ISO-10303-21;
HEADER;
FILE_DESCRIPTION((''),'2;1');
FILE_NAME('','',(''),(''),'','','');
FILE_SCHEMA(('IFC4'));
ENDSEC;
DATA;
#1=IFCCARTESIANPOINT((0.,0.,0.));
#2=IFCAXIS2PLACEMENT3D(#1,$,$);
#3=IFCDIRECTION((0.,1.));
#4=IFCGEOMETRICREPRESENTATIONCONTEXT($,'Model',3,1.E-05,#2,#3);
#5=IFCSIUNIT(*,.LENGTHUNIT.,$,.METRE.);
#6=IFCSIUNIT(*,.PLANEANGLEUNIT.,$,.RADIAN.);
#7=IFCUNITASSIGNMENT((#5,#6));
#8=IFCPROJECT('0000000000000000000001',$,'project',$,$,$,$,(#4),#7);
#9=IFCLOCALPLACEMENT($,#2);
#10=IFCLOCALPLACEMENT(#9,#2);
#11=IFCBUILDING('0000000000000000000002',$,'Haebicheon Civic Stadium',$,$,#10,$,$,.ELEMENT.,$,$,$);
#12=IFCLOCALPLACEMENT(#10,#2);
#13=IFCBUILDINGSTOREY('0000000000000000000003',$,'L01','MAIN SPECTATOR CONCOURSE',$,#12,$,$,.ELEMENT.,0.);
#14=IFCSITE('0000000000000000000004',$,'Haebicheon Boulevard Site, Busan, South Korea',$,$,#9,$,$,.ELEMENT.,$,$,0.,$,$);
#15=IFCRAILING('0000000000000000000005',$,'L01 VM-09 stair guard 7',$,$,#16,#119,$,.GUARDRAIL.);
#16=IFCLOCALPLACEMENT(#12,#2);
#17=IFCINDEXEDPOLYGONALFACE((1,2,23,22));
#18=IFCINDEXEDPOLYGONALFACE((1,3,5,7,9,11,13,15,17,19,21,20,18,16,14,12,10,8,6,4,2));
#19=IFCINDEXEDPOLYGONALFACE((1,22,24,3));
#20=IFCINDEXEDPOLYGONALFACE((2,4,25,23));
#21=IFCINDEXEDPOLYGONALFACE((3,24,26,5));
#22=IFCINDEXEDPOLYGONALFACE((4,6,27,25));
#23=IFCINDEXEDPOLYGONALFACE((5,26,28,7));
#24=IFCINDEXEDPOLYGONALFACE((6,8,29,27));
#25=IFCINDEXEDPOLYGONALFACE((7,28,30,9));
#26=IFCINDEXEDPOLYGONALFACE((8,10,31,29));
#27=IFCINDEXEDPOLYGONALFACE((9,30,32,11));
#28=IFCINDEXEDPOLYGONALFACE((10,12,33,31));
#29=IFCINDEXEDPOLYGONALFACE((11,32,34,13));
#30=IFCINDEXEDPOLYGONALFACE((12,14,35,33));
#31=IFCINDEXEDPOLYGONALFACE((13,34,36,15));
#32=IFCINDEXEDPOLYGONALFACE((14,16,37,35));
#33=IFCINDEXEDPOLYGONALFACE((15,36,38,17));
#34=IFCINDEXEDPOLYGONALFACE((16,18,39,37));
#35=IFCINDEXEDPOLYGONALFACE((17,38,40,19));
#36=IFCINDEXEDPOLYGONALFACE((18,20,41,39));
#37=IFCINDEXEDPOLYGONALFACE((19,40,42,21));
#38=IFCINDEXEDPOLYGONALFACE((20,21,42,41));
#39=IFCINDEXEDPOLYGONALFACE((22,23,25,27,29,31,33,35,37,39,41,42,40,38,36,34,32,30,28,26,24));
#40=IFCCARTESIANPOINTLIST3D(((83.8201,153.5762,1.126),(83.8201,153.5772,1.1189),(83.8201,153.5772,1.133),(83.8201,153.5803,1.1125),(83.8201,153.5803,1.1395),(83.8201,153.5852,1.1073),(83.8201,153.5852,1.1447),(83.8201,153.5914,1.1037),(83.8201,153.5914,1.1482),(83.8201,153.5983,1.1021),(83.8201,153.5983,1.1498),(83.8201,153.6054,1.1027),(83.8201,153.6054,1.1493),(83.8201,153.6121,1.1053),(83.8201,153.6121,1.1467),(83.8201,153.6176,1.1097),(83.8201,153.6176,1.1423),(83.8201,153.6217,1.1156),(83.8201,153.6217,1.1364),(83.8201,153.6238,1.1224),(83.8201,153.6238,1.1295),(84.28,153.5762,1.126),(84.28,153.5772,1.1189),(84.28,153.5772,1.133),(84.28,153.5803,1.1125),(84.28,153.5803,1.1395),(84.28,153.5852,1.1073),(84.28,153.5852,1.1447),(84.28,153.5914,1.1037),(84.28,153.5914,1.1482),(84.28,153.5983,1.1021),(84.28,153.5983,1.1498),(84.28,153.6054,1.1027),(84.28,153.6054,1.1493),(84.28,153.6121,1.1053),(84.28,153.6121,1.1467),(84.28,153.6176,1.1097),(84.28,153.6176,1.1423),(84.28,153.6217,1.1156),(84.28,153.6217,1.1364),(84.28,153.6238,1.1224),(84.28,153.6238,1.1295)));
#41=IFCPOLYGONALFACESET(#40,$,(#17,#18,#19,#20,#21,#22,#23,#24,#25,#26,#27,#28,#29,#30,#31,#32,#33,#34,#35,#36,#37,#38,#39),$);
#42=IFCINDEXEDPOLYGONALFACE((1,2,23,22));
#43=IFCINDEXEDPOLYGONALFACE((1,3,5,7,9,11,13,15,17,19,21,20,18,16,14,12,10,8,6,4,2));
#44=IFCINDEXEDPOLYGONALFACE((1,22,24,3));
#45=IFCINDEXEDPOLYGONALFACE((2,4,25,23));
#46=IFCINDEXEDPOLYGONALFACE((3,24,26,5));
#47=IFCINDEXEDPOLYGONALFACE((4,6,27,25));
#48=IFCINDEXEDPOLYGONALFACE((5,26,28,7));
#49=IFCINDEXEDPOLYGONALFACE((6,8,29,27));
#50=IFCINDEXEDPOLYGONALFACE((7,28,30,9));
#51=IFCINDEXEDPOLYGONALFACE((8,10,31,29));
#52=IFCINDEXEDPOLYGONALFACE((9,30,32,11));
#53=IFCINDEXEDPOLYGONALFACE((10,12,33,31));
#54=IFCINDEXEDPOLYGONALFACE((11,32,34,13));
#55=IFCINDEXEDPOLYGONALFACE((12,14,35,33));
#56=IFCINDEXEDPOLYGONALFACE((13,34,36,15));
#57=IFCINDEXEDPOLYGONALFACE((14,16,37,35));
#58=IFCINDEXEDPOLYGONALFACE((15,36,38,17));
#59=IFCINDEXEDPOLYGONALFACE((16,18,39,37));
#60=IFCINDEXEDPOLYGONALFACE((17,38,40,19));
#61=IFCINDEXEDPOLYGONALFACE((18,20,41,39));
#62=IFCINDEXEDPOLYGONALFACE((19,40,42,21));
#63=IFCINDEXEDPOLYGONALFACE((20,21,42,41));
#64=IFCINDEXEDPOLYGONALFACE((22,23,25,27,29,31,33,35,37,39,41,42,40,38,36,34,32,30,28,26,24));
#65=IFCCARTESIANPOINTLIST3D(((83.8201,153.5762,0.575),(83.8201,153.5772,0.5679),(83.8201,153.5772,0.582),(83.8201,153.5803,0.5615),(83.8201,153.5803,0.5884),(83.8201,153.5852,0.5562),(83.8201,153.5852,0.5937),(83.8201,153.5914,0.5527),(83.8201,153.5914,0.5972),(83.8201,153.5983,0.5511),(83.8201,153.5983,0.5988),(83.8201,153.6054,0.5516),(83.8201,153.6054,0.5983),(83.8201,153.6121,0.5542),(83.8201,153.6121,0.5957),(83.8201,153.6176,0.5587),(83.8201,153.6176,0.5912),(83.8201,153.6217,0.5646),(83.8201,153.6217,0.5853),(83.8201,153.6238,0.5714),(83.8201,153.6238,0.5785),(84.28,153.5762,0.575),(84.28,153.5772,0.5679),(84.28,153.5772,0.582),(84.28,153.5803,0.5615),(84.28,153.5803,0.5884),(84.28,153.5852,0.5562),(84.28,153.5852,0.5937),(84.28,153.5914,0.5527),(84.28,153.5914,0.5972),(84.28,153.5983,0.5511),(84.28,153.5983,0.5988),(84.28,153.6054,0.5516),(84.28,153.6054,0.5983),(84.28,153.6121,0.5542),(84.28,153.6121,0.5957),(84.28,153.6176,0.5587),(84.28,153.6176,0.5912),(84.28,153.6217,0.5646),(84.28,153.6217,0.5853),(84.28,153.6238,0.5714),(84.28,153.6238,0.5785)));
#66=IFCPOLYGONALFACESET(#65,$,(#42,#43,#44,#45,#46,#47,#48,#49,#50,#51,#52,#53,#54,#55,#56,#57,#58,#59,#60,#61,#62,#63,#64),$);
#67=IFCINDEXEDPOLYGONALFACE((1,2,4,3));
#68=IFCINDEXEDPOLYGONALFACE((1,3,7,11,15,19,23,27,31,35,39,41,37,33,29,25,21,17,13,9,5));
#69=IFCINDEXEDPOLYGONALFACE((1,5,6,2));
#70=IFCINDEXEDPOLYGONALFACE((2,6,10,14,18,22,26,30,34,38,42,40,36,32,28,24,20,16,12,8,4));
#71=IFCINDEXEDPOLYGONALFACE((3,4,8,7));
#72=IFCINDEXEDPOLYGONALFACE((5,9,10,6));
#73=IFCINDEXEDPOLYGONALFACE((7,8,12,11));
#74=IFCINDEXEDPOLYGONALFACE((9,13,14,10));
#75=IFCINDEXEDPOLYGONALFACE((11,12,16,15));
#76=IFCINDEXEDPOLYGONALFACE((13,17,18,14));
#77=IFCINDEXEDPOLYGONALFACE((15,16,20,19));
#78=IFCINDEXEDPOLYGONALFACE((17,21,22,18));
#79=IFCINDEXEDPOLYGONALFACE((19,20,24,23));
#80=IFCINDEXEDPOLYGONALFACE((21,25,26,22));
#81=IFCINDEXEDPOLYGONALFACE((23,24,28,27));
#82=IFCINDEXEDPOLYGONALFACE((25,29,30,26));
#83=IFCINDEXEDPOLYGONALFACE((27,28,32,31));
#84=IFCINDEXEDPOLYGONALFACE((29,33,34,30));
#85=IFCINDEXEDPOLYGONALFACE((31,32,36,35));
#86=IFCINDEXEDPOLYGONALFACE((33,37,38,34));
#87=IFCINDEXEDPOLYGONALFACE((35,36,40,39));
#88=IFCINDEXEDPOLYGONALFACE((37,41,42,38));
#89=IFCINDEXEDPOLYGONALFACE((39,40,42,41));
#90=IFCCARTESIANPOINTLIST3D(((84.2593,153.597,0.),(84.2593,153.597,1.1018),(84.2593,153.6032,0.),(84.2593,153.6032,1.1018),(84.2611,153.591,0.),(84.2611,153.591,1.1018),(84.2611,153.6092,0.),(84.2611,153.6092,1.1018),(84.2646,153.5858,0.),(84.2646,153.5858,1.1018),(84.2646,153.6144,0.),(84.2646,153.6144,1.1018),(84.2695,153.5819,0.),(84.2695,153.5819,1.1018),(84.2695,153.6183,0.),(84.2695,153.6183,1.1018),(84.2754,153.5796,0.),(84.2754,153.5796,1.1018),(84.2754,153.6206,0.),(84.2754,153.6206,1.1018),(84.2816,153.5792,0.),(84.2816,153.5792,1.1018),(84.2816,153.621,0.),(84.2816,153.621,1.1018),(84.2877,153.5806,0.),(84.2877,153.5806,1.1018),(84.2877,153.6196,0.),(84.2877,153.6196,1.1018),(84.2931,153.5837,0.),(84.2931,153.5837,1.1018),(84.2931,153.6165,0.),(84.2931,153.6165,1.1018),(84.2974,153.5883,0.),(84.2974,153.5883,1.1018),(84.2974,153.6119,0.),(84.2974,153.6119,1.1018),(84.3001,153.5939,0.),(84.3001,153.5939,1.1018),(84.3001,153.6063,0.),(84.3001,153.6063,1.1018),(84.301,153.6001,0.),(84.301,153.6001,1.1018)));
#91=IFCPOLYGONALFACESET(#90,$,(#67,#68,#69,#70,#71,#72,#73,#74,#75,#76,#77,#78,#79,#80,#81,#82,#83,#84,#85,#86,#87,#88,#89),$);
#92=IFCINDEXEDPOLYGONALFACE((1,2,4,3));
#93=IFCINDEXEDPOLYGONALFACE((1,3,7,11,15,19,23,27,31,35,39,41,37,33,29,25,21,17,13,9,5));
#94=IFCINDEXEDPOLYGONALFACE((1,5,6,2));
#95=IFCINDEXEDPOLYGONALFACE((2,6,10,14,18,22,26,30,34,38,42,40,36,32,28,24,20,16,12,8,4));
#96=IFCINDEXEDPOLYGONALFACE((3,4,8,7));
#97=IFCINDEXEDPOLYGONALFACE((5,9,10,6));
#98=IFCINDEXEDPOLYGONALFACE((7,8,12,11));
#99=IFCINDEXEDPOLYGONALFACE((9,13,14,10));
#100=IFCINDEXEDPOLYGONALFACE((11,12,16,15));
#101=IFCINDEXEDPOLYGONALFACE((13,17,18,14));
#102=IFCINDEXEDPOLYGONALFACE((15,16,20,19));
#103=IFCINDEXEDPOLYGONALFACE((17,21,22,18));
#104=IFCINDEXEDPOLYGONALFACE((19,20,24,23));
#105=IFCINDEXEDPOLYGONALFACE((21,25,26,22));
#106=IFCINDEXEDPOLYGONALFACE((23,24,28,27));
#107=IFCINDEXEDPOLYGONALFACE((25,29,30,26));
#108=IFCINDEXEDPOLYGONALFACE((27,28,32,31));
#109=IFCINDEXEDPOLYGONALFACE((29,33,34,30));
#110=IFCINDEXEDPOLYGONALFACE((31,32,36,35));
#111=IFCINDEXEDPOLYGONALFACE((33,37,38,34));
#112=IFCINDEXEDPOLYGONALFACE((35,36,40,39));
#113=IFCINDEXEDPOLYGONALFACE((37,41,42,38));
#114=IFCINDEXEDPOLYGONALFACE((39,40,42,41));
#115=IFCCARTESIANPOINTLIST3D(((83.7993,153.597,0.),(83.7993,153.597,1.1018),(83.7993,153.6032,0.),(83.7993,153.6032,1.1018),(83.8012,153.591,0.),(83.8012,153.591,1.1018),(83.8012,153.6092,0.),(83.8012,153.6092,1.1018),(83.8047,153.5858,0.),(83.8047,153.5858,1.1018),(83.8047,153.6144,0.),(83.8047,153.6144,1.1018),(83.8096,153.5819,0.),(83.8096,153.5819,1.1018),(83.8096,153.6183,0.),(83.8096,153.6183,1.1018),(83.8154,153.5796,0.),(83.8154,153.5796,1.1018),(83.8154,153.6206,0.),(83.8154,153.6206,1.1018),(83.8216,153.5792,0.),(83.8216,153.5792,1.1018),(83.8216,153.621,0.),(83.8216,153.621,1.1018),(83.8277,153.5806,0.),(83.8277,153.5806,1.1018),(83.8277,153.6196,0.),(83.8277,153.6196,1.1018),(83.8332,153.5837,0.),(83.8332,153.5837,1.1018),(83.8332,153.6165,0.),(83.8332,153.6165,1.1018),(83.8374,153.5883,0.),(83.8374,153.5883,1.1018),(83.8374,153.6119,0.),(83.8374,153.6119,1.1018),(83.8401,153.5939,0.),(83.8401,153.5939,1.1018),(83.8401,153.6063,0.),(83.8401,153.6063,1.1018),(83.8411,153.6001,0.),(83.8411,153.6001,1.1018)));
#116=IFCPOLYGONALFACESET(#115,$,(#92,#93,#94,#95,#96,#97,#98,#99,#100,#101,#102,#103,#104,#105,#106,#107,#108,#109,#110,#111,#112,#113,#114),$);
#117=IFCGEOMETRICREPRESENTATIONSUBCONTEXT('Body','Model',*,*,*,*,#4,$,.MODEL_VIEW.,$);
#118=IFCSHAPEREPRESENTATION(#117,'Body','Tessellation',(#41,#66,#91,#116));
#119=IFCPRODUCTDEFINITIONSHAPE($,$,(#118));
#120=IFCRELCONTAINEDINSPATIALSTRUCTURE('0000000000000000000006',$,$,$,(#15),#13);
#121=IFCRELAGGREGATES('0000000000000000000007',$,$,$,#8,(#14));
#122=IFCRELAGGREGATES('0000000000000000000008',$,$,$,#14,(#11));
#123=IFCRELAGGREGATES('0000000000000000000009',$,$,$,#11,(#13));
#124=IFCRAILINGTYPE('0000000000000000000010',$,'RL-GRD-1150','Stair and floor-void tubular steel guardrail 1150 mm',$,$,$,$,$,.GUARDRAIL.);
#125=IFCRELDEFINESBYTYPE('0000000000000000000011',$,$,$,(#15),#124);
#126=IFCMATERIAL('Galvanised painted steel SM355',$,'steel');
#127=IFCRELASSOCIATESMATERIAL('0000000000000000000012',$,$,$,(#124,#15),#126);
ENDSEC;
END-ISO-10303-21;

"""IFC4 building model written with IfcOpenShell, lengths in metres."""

from ifc_helpers import new_model, si_unit, direction, frame, origin, origin_2d, place, context, subcontext, project, spatial, circle, extrude, material, type_object, element, save


model = new_model("IFC4")

# Units and contexts
model_context = context("Model", 3, precision=1e-05, world=origin(), true_north=direction((0.0, 1.0)))
body_context = subcontext(model_context, "Body", "Model", "MODEL_VIEW")
ifc_project = project(units=[si_unit("LENGTHUNIT", "METRE"), si_unit("PLANEANGLEUNIT", "RADIAN")], contexts=[model_context])

# Site, building, storey
site_placement = place(None, origin())
site = spatial("IfcSite", under=ifc_project, at=site_placement, Name="Haebicheon Boulevard Site, Busan, South Korea", CompositionType="ELEMENT", RefElevation=0.0)
building_placement = place(site_placement, origin())
building = spatial("IfcBuilding", under=site, at=building_placement, Name="Haebicheon Civic Stadium", CompositionType="ELEMENT")
storey_placement = place(building_placement, origin())
storey = spatial("IfcBuildingStorey", under=building, at=storey_placement, Name="L01", Description="MAIN SPECTATOR CONCOURSE", CompositionType="ELEMENT", Elevation=0.0)

# Railing
ifc_material_1 = material(Name="Galvanised painted steel SM355", Category="steel")
railing_type_1 = type_object("IfcRailingType", Name="RL-GRD-1150", Description="Stair and floor-void tubular steel guardrail 1150 mm", PredefinedType="GUARDRAIL", material=ifc_material_1)
railing_1_placement = place(storey_placement, frame((84.28, 153.6001, 0.0)))
element("IfcRailing", 1, at=railing_1_placement, inside=storey, type_object=railing_type_1, material=ifc_material_1, Name="L01 VM-09 stair guard 7", PredefinedType="GUARDRAIL", context=body_context, shape_type="SweptSolid", body=[
    extrude(circle(Radius=0.0239, at=origin_2d()), frame((0.0, 0.0, 1.126), z_axis=(-1.0, 0.0, 0.0), x_axis=(0.0, -1.0, 0.0)), (0.0, 0.0, 1.0), 0.46),
    extrude(circle(Radius=0.0239, at=origin_2d()), frame((0.0, 0.0, 0.575), z_axis=(-1.0, 0.0, 0.0), x_axis=(0.0, -1.0, 0.0)), (0.0, 0.0, 1.0), 0.46),
    extrude(circle(Radius=0.021, at=origin_2d()), origin(), (0.0, 0.0, 1.0), 1.1018),
    extrude(circle(Radius=0.021, at=origin_2d()), frame((-0.46, 0.0, 0.0)), (0.0, 0.0, 1.0), 1.1018),
])

save(model, "model.ifc")
